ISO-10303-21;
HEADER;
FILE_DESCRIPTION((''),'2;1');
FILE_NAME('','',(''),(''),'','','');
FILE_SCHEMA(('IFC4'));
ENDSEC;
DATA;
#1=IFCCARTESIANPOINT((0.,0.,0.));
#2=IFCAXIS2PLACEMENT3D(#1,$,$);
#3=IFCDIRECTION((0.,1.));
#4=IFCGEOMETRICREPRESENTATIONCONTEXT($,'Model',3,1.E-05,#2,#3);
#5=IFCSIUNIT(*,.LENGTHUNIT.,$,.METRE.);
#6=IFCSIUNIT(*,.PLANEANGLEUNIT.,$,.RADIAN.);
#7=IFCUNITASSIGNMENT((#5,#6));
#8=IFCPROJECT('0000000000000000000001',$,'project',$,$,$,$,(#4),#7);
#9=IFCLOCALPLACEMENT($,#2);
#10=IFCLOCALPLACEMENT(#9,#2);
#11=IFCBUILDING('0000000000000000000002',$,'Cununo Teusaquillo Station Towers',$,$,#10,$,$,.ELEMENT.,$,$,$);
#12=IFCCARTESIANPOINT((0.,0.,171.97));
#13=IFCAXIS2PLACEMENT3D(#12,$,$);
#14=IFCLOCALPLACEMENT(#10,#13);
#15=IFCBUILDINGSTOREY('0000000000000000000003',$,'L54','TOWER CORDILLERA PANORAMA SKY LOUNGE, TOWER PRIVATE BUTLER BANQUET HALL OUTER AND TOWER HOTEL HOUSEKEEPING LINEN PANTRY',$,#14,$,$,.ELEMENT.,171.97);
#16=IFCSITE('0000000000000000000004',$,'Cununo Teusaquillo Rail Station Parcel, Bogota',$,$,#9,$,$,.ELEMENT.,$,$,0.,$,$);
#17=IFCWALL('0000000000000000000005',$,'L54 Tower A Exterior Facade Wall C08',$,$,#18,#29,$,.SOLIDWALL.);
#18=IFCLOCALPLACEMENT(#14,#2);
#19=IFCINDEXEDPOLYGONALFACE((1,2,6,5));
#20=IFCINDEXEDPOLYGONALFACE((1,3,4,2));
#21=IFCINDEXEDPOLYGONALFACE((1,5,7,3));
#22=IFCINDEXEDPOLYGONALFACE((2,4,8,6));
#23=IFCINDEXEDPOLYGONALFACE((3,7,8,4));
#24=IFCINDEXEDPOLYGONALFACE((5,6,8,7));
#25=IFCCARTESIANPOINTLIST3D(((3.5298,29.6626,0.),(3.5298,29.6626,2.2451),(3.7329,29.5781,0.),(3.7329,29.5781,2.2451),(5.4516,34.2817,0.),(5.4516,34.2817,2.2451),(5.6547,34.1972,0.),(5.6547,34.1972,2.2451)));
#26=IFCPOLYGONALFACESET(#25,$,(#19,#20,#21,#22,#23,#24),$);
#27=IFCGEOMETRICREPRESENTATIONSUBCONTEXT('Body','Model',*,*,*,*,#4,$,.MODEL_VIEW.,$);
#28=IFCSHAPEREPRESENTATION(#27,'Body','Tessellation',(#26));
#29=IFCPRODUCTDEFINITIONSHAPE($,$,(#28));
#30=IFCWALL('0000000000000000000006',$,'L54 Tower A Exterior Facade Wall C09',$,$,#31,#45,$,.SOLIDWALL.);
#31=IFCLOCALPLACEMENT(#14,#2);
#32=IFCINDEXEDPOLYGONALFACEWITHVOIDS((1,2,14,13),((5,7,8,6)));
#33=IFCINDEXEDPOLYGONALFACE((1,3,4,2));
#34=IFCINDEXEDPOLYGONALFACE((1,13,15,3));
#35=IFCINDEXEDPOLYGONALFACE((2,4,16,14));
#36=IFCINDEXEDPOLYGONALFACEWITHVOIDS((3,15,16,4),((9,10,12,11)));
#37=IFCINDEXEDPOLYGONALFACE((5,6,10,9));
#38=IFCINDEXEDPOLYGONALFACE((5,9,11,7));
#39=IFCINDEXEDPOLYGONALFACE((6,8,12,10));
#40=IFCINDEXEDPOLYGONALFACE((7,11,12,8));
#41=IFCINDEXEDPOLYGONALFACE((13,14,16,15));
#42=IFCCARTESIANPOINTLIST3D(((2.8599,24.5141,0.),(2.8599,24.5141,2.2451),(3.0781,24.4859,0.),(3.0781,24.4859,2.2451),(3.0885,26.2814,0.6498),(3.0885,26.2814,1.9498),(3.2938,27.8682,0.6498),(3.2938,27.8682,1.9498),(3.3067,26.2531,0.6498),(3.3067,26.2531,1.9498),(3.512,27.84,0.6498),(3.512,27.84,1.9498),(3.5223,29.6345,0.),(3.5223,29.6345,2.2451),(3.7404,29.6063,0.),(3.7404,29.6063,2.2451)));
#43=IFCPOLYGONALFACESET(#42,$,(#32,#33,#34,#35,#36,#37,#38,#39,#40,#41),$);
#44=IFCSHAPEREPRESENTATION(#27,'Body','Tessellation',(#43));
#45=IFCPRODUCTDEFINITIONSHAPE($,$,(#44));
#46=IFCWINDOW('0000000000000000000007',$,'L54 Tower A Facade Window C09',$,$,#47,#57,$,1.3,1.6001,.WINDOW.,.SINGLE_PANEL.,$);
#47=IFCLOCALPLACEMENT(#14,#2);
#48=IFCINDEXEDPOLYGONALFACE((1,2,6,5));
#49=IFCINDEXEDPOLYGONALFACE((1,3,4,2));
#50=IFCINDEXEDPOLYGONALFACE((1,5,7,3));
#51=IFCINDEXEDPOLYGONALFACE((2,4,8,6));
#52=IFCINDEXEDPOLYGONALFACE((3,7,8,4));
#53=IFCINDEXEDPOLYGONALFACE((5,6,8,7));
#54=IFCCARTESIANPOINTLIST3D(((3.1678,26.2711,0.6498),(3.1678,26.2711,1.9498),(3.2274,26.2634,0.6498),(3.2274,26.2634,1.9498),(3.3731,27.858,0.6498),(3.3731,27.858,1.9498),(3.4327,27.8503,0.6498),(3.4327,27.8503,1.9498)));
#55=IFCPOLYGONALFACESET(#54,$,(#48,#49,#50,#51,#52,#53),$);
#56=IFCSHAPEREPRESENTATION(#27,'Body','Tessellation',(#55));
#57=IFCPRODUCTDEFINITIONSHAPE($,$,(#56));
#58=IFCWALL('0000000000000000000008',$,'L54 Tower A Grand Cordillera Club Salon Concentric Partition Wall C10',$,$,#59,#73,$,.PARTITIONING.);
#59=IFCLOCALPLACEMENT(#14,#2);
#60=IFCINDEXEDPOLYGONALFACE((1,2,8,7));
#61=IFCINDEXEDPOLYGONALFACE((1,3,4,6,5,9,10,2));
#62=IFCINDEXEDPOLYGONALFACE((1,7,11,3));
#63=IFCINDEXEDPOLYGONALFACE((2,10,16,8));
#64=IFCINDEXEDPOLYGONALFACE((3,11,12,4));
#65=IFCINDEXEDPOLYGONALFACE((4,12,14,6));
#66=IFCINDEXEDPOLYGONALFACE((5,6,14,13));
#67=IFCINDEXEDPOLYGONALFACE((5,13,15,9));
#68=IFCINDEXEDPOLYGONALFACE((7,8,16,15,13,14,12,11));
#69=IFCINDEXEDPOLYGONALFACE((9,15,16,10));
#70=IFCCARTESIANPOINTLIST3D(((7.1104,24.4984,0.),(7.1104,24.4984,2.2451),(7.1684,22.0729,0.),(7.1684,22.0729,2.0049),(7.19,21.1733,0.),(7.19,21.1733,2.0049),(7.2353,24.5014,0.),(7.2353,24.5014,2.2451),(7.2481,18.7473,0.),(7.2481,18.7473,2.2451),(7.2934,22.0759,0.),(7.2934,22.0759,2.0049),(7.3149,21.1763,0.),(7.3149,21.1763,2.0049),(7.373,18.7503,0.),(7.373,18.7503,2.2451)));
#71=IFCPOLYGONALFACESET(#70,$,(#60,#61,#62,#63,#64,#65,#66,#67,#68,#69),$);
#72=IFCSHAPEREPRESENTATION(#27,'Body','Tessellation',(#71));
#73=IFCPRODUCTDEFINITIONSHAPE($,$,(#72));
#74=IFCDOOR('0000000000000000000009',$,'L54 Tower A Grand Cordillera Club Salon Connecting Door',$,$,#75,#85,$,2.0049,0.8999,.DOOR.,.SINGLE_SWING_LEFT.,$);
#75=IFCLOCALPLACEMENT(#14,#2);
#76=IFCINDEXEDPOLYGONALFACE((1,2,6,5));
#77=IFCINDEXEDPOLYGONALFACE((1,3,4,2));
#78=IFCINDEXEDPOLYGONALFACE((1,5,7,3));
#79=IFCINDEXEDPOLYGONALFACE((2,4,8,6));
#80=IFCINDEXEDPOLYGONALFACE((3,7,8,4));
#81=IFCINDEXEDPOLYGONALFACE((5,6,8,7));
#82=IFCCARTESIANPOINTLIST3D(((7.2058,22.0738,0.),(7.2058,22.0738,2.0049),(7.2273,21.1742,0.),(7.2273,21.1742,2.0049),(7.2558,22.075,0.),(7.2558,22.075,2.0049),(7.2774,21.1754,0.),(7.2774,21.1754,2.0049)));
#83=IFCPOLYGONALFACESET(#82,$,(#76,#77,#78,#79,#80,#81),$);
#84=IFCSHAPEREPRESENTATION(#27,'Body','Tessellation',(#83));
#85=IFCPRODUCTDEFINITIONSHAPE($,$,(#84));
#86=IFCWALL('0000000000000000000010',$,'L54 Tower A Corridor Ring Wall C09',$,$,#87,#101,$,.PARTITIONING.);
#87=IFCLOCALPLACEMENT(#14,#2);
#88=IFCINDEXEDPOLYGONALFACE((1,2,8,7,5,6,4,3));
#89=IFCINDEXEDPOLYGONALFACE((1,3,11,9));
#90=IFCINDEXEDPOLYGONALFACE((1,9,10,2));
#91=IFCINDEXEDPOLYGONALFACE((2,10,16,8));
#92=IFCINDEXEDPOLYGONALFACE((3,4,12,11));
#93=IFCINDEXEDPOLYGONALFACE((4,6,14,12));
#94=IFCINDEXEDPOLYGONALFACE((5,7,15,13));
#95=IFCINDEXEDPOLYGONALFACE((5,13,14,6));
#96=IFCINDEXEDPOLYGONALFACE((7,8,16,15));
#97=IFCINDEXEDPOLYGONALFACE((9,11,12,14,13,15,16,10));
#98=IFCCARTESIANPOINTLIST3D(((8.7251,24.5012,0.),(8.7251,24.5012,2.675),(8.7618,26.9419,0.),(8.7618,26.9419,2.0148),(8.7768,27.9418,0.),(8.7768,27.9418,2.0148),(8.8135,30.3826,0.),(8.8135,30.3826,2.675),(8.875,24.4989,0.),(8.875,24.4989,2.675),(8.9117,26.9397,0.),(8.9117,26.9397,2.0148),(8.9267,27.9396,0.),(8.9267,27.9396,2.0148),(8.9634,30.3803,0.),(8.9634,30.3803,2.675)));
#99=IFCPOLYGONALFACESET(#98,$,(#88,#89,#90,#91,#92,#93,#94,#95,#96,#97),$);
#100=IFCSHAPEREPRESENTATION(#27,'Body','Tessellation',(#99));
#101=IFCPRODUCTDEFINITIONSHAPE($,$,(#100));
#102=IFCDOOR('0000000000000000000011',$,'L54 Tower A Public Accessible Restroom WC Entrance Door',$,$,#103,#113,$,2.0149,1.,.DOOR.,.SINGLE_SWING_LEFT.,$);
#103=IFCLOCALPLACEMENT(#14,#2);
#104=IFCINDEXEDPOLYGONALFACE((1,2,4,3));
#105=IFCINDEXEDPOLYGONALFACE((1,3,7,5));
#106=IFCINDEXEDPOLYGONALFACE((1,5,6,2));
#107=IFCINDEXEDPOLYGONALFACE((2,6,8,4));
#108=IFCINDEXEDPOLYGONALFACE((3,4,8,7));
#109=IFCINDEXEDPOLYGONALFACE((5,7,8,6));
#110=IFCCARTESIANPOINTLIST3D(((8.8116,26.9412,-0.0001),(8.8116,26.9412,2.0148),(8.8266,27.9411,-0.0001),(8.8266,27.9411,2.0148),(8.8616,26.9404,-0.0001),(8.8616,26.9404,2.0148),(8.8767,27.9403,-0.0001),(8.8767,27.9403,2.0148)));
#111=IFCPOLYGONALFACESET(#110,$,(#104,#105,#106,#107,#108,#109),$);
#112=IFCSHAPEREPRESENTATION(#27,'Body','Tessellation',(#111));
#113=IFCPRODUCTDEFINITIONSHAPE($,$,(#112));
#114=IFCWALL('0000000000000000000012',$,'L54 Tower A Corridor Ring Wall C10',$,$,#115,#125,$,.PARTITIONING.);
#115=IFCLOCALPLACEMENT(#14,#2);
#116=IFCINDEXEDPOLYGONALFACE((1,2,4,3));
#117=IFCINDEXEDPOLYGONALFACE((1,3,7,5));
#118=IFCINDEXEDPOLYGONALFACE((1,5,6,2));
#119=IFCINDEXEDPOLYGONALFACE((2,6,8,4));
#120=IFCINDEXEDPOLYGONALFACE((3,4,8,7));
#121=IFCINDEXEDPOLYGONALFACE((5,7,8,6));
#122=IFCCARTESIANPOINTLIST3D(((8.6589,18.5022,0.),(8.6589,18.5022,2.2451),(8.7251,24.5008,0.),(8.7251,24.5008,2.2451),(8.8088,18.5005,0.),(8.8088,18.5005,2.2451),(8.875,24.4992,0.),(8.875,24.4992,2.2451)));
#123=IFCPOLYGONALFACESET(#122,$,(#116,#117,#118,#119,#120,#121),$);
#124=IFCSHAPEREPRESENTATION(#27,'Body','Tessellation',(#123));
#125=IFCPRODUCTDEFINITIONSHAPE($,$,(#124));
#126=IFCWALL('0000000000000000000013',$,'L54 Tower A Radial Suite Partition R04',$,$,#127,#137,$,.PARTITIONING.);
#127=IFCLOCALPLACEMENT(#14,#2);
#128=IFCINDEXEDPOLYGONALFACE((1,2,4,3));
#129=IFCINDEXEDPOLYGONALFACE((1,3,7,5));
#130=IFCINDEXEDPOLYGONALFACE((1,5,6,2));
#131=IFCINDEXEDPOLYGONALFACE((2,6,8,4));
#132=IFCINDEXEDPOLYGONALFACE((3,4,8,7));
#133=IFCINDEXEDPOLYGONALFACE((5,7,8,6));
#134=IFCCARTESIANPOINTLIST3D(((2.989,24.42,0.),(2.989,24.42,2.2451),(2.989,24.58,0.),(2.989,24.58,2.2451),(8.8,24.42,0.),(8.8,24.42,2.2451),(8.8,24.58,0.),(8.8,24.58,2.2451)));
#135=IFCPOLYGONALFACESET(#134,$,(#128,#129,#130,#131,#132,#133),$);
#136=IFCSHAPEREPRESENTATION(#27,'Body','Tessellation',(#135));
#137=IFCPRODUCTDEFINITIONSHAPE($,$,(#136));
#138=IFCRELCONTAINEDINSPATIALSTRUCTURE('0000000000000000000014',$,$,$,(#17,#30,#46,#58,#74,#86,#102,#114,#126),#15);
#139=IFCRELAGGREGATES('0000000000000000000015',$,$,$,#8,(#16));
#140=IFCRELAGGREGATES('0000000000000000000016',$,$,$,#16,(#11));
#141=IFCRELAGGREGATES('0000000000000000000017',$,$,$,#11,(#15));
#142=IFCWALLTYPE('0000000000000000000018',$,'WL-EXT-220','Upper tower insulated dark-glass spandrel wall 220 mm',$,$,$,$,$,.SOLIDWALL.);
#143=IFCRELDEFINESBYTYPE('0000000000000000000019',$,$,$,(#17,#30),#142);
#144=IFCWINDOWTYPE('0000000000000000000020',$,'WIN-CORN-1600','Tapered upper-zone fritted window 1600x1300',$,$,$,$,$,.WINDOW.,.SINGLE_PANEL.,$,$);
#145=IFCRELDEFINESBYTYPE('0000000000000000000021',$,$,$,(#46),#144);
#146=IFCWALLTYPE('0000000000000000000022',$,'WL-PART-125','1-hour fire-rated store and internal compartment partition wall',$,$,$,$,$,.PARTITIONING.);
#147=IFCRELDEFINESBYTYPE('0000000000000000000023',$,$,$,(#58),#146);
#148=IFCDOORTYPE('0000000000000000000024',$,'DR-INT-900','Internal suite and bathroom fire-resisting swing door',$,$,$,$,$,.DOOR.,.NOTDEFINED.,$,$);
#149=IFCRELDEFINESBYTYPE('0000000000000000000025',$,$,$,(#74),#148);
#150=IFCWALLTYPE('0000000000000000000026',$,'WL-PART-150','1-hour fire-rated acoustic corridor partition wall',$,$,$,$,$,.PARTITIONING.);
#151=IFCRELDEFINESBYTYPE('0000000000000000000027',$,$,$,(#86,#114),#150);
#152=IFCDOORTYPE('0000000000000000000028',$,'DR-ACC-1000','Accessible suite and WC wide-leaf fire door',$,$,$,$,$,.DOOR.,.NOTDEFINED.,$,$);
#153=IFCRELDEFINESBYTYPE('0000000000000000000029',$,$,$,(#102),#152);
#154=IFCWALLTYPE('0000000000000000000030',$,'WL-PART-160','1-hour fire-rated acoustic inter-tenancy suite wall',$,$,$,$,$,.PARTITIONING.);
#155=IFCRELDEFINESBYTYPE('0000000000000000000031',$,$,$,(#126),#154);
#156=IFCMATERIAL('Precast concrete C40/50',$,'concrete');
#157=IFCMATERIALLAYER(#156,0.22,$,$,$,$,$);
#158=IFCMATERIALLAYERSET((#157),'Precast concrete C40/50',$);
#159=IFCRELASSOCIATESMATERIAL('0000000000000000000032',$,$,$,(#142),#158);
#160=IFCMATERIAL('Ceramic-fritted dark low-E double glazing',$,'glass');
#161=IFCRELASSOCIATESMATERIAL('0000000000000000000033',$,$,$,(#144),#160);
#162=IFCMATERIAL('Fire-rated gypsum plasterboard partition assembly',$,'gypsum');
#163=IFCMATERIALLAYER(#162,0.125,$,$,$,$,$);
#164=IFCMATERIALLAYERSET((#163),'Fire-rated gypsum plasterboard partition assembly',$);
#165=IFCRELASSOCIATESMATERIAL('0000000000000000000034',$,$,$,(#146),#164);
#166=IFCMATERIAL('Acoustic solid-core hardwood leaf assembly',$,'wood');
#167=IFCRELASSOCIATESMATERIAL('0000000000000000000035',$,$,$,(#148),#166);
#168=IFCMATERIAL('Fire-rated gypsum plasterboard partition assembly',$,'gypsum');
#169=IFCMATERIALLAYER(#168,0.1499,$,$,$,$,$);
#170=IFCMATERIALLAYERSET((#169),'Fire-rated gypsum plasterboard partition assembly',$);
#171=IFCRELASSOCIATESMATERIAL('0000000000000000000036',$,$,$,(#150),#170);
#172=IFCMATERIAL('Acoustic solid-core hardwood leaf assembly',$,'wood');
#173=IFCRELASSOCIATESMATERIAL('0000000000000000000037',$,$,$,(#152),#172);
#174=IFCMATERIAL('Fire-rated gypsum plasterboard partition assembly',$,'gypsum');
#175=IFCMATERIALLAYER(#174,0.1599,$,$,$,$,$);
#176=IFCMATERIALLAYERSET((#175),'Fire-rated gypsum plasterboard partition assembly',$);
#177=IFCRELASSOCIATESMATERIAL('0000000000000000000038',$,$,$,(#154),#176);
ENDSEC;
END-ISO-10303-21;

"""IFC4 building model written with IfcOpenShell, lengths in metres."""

from ifc_helpers import new_model, si_unit, direction, frame, frame_2d, origin, place, context, subcontext, project, spatial, rectangle, extrude, source, transform, mapped, material, layer, layer_set, type_object, element, fill, save


model = new_model("IFC4")

# Units and contexts
model_context = context("Model", 3, precision=1e-05, world=origin(), true_north=direction((0.0, 1.0)))
body_context = subcontext(model_context, "Body", "Model", "MODEL_VIEW")
ifc_project = project(units=[si_unit("LENGTHUNIT", "METRE"), si_unit("PLANEANGLEUNIT", "RADIAN")], contexts=[model_context])

# Site, building, storey
site_placement = place(None, origin())
site = spatial("IfcSite", under=ifc_project, at=site_placement, Name="Cununo Teusaquillo Rail Station Parcel, Bogota", CompositionType="ELEMENT", RefElevation=0.0)
building_placement = place(site_placement, origin())
building = spatial("IfcBuilding", under=site, at=building_placement, Name="Cununo Teusaquillo Station Towers", CompositionType="ELEMENT")
storey_placement = place(building_placement, frame((0.0, 0.0, 171.97)))
storey = spatial("IfcBuildingStorey", under=building, at=storey_placement, Name="L54", Description="TOWER CORDILLERA PANORAMA SKY LOUNGE, TOWER PRIVATE BUTLER BANQUET HALL OUTER AND TOWER HOTEL HOUSEKEEPING LINEN PANTRY", CompositionType="ELEMENT", Elevation=171.97)

# Wall
ifc_material_1 = material(Name="Precast concrete C40/50", Category="concrete")
ifc_layer_1 = layer(ifc_material_1, 0.22)
ifc_layer_set_1 = layer_set([ifc_layer_1], Name="Precast concrete C40/50")
wall_type_1 = type_object("IfcWallType", Name="WL-EXT-220", Description="Upper tower insulated dark-glass spandrel wall 220 mm", PredefinedType="SOLIDWALL", material=ifc_layer_set_1)
wall_1_placement = place(storey_placement, frame((3.6313, 29.6204, 0.0), z_axis=(0.0, 0.0, 1.0), x_axis=(0.384144, 0.923273, 0.0)))
element("IfcWall", 1, at=wall_1_placement, inside=storey, type_object=wall_type_1, Name="L54 Tower A Exterior Facade Wall C08", PredefinedType="SOLIDWALL", context=body_context, shape_type="SweptSolid", body=[
    extrude(rectangle(XDim=5.0029, YDim=0.22, at=frame_2d((2.5015, 0.0))), origin(), (0.0, 0.0, 1.0), 2.2451),
])

# Wall, opening, window
wall_2_placement = place(storey_placement, frame((2.969, 24.5, 0.0), z_axis=(0.0, 0.0, 1.0), x_axis=(0.128288, 0.991737, 0.0)))
wall_2 = element("IfcWall", 2, at=wall_2_placement, inside=storey, type_object=wall_type_1, Name="L54 Tower A Exterior Facade Wall C09", PredefinedType="SOLIDWALL", context=body_context, shape_type="SweptSolid", body=[
    extrude(rectangle(XDim=5.1631, YDim=0.22, at=frame_2d((2.5815, 0.0))), origin(), (0.0, 0.0, 1.0), 2.2451),
])
shared_shape_1 = source(origin(), body_context, "Body", "SweptSolid", [
    extrude(rectangle(XDim=1.6001, YDim=1.3, at=frame_2d((0.8, 0.6499))), frame((0.0, 0.1199, 0.0), z_axis=(0.0, -1.0, 0.0), x_axis=(1.0, 0.0, 0.0)), (0.0, 0.0, 1.0), 0.24),
])
opening_1_placement = place(wall_2_placement, frame((1.782, 0.0, 0.6499)))
opening_1 = element("IfcOpeningElement", 3, at=opening_1_placement, cuts=wall_2, PredefinedType="OPENING", context=body_context, shape_type="MappedRepresentation", body=[
    mapped(shared_shape_1, transform((0.0, 0.0, 0.0), x_axis=(1.0, 0.0, 0.0), y_axis=(0.0, 1.0, 0.0), z_axis=(0.0, 0.0, 1.0), scale=1.0)),
])
ifc_material_2 = material(Name="Ceramic-fritted dark low-E double glazing", Category="glass")
window_type = type_object("IfcWindowType", Name="WIN-CORN-1600", Description="Tapered upper-zone fritted window 1600x1300", PartitioningType="SINGLE_PANEL", PredefinedType="WINDOW", material=ifc_material_2)
shared_shape_2 = source(origin(), body_context, "Body", "SweptSolid", [
    extrude(rectangle(XDim=1.6001, YDim=1.3, at=frame_2d((0.8, 0.6499))), frame((0.0, 0.03, 0.0), z_axis=(0.0, -1.0, 0.0), x_axis=(1.0, 0.0, 0.0)), (0.0, 0.0, 1.0), 0.0601),
])
window_placement = place(opening_1_placement, origin())
window = element("IfcWindow", 4, at=window_placement, inside=storey, type_object=window_type, Name="L54 Tower A Facade Window C09", OverallHeight=1.3, OverallWidth=1.6001, PartitioningType="SINGLE_PANEL", PredefinedType="WINDOW", context=body_context, shape_type="MappedRepresentation", body=[
    mapped(shared_shape_2, transform((0.0, 0.0, 0.0), x_axis=(1.0, 0.0, 0.0), y_axis=(0.0, 1.0, 0.0), z_axis=(0.0, 0.0, 1.0), scale=1.0)),
])
fill(opening_1, window)

# Walls, openings, doors
ifc_material_3 = material(Name="Fire-rated gypsum plasterboard partition assembly", Category="gypsum")
ifc_layer_2 = layer(ifc_material_3, 0.125)
ifc_layer_set_2 = layer_set([ifc_layer_2], Name="Fire-rated gypsum plasterboard partition assembly")
wall_type_2 = type_object("IfcWallType", Name="WL-PART-125", Description="1-hour fire-rated store and internal compartment partition wall", PredefinedType="PARTITIONING", material=ifc_layer_set_2)
wall_3_placement = place(storey_placement, frame((7.1729, 24.5, 0.0), z_axis=(0.0, 0.0, 1.0), x_axis=(0.023936, -0.999713, 0.0)))
wall_3 = element("IfcWall", 5, at=wall_3_placement, inside=storey, type_object=wall_type_2, Name="L54 Tower A Grand Cordillera Club Salon Concentric Partition Wall C10", PredefinedType="PARTITIONING", context=body_context, shape_type="SweptSolid", body=[
    extrude(rectangle(XDim=5.7527, YDim=0.125, at=frame_2d((2.8765, 0.0))), origin(), (0.0, 0.0, 1.0), 2.2451),
])
shared_shape_3 = source(origin(), body_context, "Body", "SweptSolid", [
    extrude(rectangle(XDim=0.8999, YDim=2.0049, at=frame_2d((0.45, 1.0024))), frame((0.0, 0.0725, 0.0), z_axis=(0.0, -1.0, 0.0), x_axis=(1.0, 0.0, 0.0)), (0.0, 0.0, 1.0), 0.145),
])
opening_2_placement = place(wall_3_placement, frame((2.4263, 0.0, 0.0)))
opening_2 = element("IfcOpeningElement", 6, at=opening_2_placement, cuts=wall_3, PredefinedType="OPENING", context=body_context, shape_type="MappedRepresentation", body=[
    mapped(shared_shape_3, transform((0.0, 0.0, 0.0), x_axis=(1.0, 0.0, 0.0), y_axis=(0.0, 1.0, 0.0), z_axis=(0.0, 0.0, 1.0), scale=1.0)),
])
ifc_material_4 = material(Name="Acoustic solid-core hardwood leaf assembly", Category="wood")
door_type_1 = type_object("IfcDoorType", Name="DR-INT-900", Description="Internal suite and bathroom fire-resisting swing door", OperationType="NOTDEFINED", PredefinedType="DOOR", material=ifc_material_4)
shared_shape_4 = source(origin(), body_context, "Body", "SweptSolid", [
    extrude(rectangle(XDim=0.8999, YDim=2.0049, at=frame_2d((0.45, 1.0024))), frame((0.0, 0.0249, 0.0), z_axis=(0.0, -1.0, 0.0), x_axis=(1.0, 0.0, 0.0)), (0.0, 0.0, 1.0), 0.05),
])
door_1_placement = place(opening_2_placement, origin())
door_1 = element("IfcDoor", 7, at=door_1_placement, inside=storey, type_object=door_type_1, Name="L54 Tower A Grand Cordillera Club Salon Connecting Door", OperationType="SINGLE_SWING_LEFT", OverallHeight=2.0049, OverallWidth=0.8999, PredefinedType="DOOR", context=body_context, shape_type="MappedRepresentation", body=[
    mapped(shared_shape_4, transform((0.0, 0.0, 0.0), x_axis=(1.0, 0.0, 0.0), y_axis=(0.0, 1.0, 0.0), z_axis=(0.0, 0.0, 1.0), scale=1.0)),
])
fill(opening_2, door_1)
ifc_material_5 = material(Name="Fire-rated gypsum plasterboard partition assembly", Category="gypsum")
ifc_layer_3 = layer(ifc_material_5, 0.1499)
ifc_layer_set_3 = layer_set([ifc_layer_3], Name="Fire-rated gypsum plasterboard partition assembly")
wall_type_3 = type_object("IfcWallType", Name="WL-PART-150", Description="1-hour fire-rated acoustic corridor partition wall", PredefinedType="PARTITIONING", material=ifc_layer_set_3)
wall_4_placement = place(storey_placement, frame((8.8884, 30.3813, 0.0), z_axis=(0.0, 0.0, 1.0), x_axis=(-0.015025, -0.999887, 0.0)))
wall_4 = element("IfcWall", 8, at=wall_4_placement, inside=storey, type_object=wall_type_3, Name="L54 Tower A Corridor Ring Wall C09", PredefinedType="PARTITIONING", context=body_context, shape_type="SweptSolid", body=[
    extrude(rectangle(XDim=5.8821, YDim=0.1499, at=frame_2d((2.9409, 0.0))), origin(), (0.0, 0.0, 1.0), 2.675),
])
shared_shape_5 = source(origin(), body_context, "Body", "SweptSolid", [
    extrude(rectangle(XDim=1.0, YDim=2.0149, at=frame_2d((0.5, 1.0073))), frame((0.0, 0.085, 0.0), z_axis=(0.0, -1.0, 0.0), x_axis=(1.0, 0.0, 0.0)), (0.0, 0.0, 1.0), 0.1699),
])
opening_3_placement = place(wall_4_placement, frame((2.4409, 0.0, 0.0)))
opening_3 = element("IfcOpeningElement", 9, at=opening_3_placement, cuts=wall_4, PredefinedType="OPENING", context=body_context, shape_type="MappedRepresentation", body=[
    mapped(shared_shape_5, transform((0.0, 0.0, 0.0), x_axis=(1.0, 0.0, 0.0), y_axis=(0.0, 1.0, 0.0), z_axis=(0.0, 0.0, 1.0), scale=1.0)),
])
ifc_material_6 = material(Name="Acoustic solid-core hardwood leaf assembly", Category="wood")
door_type_2 = type_object("IfcDoorType", Name="DR-ACC-1000", Description="Accessible suite and WC wide-leaf fire door", OperationType="NOTDEFINED", PredefinedType="DOOR", material=ifc_material_6)
shared_shape_6 = source(origin(), body_context, "Body", "SweptSolid", [
    extrude(rectangle(XDim=1.0, YDim=2.0149, at=frame_2d((0.5, 1.0073))), frame((0.0, 0.0249, 0.0), z_axis=(0.0, -1.0, 0.0), x_axis=(1.0, 0.0, 0.0)), (0.0, 0.0, 1.0), 0.05),
])
door_2_placement = place(opening_3_placement, origin())
door_2 = element("IfcDoor", 10, at=door_2_placement, inside=storey, type_object=door_type_2, Name="L54 Tower A Public Accessible Restroom WC Entrance Door", OperationType="SINGLE_SWING_LEFT", OverallHeight=2.0149, OverallWidth=1.0, PredefinedType="DOOR", context=body_context, shape_type="MappedRepresentation", body=[
    mapped(shared_shape_6, transform((0.0, 0.0, 0.0), x_axis=(1.0, 0.0, 0.0), y_axis=(0.0, 1.0, 0.0), z_axis=(0.0, 0.0, 1.0), scale=1.0)),
])
fill(opening_3, door_2)

# Walls
wall_5_placement = place(storey_placement, frame((8.8, 24.5, 0.0), z_axis=(0.0, 0.0, 1.0), x_axis=(-0.011029, -0.999939, 0.0)))
element("IfcWall", 11, at=wall_5_placement, inside=storey, type_object=wall_type_3, Name="L54 Tower A Corridor Ring Wall C10", PredefinedType="PARTITIONING", context=body_context, shape_type="SweptSolid", body=[
    extrude(rectangle(XDim=5.999, YDim=0.1499, at=frame_2d((2.9995, 0.0))), origin(), (0.0, 0.0, 1.0), 2.2451),
])
ifc_material_7 = material(Name="Fire-rated gypsum plasterboard partition assembly", Category="gypsum")
ifc_layer_4 = layer(ifc_material_7, 0.1599)
ifc_layer_set_4 = layer_set([ifc_layer_4], Name="Fire-rated gypsum plasterboard partition assembly")
wall_type_4 = type_object("IfcWallType", Name="WL-PART-160", Description="1-hour fire-rated acoustic inter-tenancy suite wall", PredefinedType="PARTITIONING", material=ifc_layer_set_4)
wall_6_placement = place(storey_placement, frame((8.8, 24.5, 0.0), z_axis=(0.0, 0.0, 1.0), x_axis=(-1.0, 0.0, 0.0)))
element("IfcWall", 12, at=wall_6_placement, inside=storey, type_object=wall_type_4, Name="L54 Tower A Radial Suite Partition R04", PredefinedType="PARTITIONING", context=body_context, shape_type="SweptSolid", body=[
    extrude(rectangle(XDim=5.811, YDim=0.1599, at=frame_2d((2.9055, 0.0))), origin(), (0.0, 0.0, 1.0), 2.2451),
])

save(model, "model.ifc")
